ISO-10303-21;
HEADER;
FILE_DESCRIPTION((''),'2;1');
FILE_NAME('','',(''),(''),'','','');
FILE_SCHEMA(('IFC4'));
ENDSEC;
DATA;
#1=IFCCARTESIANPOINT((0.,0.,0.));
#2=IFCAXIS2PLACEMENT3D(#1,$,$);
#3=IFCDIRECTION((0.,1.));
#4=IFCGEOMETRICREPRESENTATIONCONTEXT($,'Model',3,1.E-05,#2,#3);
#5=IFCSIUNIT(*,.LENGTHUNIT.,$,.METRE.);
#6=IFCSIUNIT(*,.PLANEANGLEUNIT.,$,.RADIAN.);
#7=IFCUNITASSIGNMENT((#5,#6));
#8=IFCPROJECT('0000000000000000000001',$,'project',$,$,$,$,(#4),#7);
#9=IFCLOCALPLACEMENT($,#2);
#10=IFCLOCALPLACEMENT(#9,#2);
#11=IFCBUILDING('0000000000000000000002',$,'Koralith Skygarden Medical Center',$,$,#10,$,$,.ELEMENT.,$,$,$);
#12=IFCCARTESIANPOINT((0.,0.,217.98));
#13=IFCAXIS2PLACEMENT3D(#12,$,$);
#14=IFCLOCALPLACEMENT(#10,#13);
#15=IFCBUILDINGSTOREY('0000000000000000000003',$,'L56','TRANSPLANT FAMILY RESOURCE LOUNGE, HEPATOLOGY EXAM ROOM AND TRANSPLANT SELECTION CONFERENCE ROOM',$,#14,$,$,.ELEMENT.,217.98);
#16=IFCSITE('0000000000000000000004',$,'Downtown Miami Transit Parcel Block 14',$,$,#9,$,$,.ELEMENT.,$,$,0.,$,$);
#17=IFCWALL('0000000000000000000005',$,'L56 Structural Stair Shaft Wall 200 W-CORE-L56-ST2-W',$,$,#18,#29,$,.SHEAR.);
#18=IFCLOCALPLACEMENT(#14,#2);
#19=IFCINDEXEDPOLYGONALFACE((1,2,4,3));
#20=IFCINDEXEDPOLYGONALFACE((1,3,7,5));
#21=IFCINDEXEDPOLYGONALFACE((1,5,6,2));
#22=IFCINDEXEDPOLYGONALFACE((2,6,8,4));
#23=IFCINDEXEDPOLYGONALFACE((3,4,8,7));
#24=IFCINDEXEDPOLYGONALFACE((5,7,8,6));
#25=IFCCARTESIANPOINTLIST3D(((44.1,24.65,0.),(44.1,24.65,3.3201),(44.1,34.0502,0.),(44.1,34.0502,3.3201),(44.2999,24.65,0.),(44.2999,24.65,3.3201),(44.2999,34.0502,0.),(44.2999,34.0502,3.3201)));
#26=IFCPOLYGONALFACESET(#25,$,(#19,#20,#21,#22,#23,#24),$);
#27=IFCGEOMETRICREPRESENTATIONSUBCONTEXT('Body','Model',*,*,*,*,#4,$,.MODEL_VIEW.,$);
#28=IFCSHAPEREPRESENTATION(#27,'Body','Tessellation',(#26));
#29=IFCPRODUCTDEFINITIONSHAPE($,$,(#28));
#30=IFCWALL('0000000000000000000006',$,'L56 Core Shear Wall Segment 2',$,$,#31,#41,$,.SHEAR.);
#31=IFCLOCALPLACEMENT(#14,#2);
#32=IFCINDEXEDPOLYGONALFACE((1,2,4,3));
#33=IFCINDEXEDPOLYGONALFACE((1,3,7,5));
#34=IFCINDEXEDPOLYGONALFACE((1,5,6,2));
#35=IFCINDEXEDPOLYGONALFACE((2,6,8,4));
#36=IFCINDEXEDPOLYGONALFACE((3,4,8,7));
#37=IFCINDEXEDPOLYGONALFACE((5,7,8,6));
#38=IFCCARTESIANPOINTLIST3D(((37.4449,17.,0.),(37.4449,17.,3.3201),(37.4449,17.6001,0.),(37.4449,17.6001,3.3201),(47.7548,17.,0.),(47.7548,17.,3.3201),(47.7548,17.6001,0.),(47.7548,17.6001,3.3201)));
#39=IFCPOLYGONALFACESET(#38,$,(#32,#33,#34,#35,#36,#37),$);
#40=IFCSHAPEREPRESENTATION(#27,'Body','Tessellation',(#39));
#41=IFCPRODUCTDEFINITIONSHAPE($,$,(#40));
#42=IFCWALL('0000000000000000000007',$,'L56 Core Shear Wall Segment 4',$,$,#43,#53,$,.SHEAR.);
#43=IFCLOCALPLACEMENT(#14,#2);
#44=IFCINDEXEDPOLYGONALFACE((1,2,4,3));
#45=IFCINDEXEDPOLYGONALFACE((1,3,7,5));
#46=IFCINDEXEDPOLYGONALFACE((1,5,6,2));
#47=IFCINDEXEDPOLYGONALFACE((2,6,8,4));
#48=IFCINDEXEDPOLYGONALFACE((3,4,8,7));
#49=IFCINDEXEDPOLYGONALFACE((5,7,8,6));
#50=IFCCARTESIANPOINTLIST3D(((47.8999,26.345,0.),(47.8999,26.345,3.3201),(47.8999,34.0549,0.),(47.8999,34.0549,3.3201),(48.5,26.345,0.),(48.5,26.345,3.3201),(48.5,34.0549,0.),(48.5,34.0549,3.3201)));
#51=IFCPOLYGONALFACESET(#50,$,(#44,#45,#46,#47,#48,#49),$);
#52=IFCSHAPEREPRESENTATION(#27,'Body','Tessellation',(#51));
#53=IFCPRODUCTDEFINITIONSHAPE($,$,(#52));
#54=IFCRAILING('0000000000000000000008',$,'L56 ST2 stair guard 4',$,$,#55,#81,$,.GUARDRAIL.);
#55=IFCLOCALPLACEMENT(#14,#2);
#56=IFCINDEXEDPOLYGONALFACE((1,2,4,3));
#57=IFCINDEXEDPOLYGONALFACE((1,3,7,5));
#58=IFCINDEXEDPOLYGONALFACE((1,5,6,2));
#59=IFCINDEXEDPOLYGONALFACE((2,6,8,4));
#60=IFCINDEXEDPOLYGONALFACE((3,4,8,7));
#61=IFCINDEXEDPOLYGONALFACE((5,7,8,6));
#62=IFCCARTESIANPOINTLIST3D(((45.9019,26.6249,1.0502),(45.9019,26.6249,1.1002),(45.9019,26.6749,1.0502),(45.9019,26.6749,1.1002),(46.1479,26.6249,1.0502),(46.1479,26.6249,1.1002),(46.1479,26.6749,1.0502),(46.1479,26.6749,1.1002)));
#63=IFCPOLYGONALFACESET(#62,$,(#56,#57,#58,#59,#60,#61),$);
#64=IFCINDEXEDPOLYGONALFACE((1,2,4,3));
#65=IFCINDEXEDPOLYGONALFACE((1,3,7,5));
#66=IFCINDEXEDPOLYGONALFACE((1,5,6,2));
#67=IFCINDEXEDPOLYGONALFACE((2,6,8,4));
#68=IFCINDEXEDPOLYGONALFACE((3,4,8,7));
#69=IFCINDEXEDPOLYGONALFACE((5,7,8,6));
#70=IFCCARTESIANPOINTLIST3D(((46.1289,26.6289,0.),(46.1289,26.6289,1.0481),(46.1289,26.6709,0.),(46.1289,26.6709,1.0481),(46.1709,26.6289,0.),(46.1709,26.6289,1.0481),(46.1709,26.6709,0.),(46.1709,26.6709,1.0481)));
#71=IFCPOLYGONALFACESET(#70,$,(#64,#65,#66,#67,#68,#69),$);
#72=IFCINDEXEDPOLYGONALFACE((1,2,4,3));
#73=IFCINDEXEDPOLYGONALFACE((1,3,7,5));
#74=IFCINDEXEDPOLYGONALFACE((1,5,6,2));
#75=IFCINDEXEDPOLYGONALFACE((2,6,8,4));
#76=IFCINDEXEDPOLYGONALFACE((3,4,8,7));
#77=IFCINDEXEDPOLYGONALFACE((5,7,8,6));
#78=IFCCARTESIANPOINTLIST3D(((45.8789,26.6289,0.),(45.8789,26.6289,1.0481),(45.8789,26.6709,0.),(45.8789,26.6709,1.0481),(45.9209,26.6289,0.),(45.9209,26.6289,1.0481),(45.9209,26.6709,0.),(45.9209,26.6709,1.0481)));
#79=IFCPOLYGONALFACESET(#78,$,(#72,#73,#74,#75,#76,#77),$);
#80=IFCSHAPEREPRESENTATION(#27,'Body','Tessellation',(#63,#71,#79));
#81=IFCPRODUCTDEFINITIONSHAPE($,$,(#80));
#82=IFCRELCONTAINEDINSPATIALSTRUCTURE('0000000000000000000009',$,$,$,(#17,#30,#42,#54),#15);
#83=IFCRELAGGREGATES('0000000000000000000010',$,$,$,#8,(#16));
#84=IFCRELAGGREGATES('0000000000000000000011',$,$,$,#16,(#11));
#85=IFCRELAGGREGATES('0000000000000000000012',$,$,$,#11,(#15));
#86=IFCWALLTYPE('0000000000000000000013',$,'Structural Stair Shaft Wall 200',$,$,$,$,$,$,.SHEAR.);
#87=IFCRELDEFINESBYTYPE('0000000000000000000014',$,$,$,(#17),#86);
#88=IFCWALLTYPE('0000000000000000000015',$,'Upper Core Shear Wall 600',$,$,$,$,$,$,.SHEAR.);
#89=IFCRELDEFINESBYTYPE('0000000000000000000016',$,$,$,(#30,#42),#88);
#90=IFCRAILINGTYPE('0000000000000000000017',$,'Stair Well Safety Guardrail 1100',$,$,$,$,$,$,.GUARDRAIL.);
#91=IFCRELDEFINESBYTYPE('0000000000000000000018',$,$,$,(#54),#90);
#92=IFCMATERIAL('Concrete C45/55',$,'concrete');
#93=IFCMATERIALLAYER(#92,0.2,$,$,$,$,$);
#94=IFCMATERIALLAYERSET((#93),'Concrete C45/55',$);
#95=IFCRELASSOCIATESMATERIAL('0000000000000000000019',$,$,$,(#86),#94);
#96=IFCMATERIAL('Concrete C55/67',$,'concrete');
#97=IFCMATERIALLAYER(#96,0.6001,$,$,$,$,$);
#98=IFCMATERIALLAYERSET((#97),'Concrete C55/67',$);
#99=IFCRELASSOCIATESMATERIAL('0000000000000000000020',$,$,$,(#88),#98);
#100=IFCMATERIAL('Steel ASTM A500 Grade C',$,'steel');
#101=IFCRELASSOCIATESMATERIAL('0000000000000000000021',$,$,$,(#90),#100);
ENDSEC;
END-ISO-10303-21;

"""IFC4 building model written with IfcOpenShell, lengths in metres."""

from ifc_helpers import new_model, si_unit, direction, frame, frame_2d, origin, origin_2d, place, context, subcontext, project, spatial, rectangle, extrude, material, layer, layer_set, type_object, element, save


model = new_model("IFC4")

# Units and contexts
model_context = context("Model", 3, precision=1e-05, world=origin(), true_north=direction((0.0, 1.0)))
body_context = subcontext(model_context, "Body", "Model", "MODEL_VIEW")
ifc_project = project(units=[si_unit("LENGTHUNIT", "METRE"), si_unit("PLANEANGLEUNIT", "RADIAN")], contexts=[model_context])

# Site, building, storey
site_placement = place(None, origin())
site = spatial("IfcSite", under=ifc_project, at=site_placement, Name="Downtown Miami Transit Parcel Block 14", CompositionType="ELEMENT", RefElevation=0.0)
building_placement = place(site_placement, origin())
building = spatial("IfcBuilding", under=site, at=building_placement, Name="Koralith Skygarden Medical Center", CompositionType="ELEMENT")
storey_placement = place(building_placement, frame((0.0, 0.0, 217.98)))
storey = spatial("IfcBuildingStorey", under=building, at=storey_placement, Name="L56", Description="TRANSPLANT FAMILY RESOURCE LOUNGE, HEPATOLOGY EXAM ROOM AND TRANSPLANT SELECTION CONFERENCE ROOM", CompositionType="ELEMENT", Elevation=217.98)

# Shared definitions
ifc_material_1 = material(Name="Concrete C55/67", Category="concrete")

# Shared definitions
ifc_material_2 = material(Name="Steel ASTM A500 Grade C", Category="steel")

# Wall
ifc_material_3 = material(Name="Concrete C45/55", Category="concrete")
ifc_layer_1 = layer(ifc_material_3, 0.2)
ifc_layer_set_1 = layer_set([ifc_layer_1], Name="Concrete C45/55")
wall_type_1 = type_object("IfcWallType", Name="Structural Stair Shaft Wall 200", PredefinedType="SHEAR", material=ifc_layer_set_1)
wall_1_placement = place(storey_placement, frame((44.2, 24.6499, 0.0), z_axis=(0.0, 0.0, 1.0), x_axis=(0.0, 1.0, 0.0)))
element("IfcWall", 1, at=wall_1_placement, inside=storey, type_object=wall_type_1, Name="L56 Structural Stair Shaft Wall 200 W-CORE-L56-ST2-W", PredefinedType="SHEAR", context=body_context, shape_type="SweptSolid", body=[
    extrude(rectangle(XDim=9.4001, YDim=0.2, at=frame_2d((4.7002, 0.0))), origin(), (0.0, 0.0, 1.0), 3.3201),
])

# Wall
ifc_layer_2 = layer(ifc_material_1, 0.6001)
ifc_layer_set_2 = layer_set([ifc_layer_2], Name="Concrete C55/67")
wall_type_2 = type_object("IfcWallType", Name="Upper Core Shear Wall 600", PredefinedType="SHEAR", material=ifc_layer_set_2)
wall_2_placement = place(storey_placement, frame((37.4451, 17.3, 0.0), z_axis=(0.0, 0.0, 1.0), x_axis=(1.0, 0.0, 0.0)))
element("IfcWall", 2, at=wall_2_placement, inside=storey, type_object=wall_type_2, Name="L56 Core Shear Wall Segment 2", PredefinedType="SHEAR", context=body_context, shape_type="SweptSolid", body=[
    extrude(rectangle(XDim=10.3098, YDim=0.6001, at=frame_2d((5.1548, 0.0))), origin(), (0.0, 0.0, 1.0), 3.3201),
])

# Wall
wall_3_placement = place(storey_placement, frame((48.2, 26.345, 0.0), z_axis=(0.0, 0.0, 1.0), x_axis=(0.0, 1.0, 0.0)))
element("IfcWall", 3, at=wall_3_placement, inside=storey, type_object=wall_type_2, Name="L56 Core Shear Wall Segment 4", PredefinedType="SHEAR", context=body_context, shape_type="SweptSolid", body=[
    extrude(rectangle(XDim=7.71, YDim=0.6001, at=frame_2d((3.855, 0.0))), origin(), (0.0, 0.0, 1.0), 3.3201),
])

# Railing
railing_type = type_object("IfcRailingType", Name="Stair Well Safety Guardrail 1100", PredefinedType="GUARDRAIL", material=ifc_material_2)
railing_placement = place(storey_placement, frame((46.1499, 26.6499, 0.0)))
element("IfcRailing", 4, at=railing_placement, inside=storey, type_object=railing_type, Name="L56 ST2 stair guard 4", PredefinedType="GUARDRAIL", context=body_context, shape_type="SweptSolid", body=[
    extrude(rectangle(XDim=0.05, YDim=0.05, at=origin_2d()), frame((-0.002, 0.0, 1.0752), z_axis=(-1.0, 0.0, 0.0), x_axis=(0.0, -1.0, 0.0)), (0.0, 0.0, 1.0), 0.2461),
    extrude(rectangle(XDim=0.042, YDim=0.042, at=origin_2d()), origin(), (0.0, 0.0, 1.0), 1.0481),
    extrude(rectangle(XDim=0.042, YDim=0.042, at=origin_2d()), frame((-0.25, 0.0, 0.0)), (0.0, 0.0, 1.0), 1.0481),
])

save(model, "model.ifc")
